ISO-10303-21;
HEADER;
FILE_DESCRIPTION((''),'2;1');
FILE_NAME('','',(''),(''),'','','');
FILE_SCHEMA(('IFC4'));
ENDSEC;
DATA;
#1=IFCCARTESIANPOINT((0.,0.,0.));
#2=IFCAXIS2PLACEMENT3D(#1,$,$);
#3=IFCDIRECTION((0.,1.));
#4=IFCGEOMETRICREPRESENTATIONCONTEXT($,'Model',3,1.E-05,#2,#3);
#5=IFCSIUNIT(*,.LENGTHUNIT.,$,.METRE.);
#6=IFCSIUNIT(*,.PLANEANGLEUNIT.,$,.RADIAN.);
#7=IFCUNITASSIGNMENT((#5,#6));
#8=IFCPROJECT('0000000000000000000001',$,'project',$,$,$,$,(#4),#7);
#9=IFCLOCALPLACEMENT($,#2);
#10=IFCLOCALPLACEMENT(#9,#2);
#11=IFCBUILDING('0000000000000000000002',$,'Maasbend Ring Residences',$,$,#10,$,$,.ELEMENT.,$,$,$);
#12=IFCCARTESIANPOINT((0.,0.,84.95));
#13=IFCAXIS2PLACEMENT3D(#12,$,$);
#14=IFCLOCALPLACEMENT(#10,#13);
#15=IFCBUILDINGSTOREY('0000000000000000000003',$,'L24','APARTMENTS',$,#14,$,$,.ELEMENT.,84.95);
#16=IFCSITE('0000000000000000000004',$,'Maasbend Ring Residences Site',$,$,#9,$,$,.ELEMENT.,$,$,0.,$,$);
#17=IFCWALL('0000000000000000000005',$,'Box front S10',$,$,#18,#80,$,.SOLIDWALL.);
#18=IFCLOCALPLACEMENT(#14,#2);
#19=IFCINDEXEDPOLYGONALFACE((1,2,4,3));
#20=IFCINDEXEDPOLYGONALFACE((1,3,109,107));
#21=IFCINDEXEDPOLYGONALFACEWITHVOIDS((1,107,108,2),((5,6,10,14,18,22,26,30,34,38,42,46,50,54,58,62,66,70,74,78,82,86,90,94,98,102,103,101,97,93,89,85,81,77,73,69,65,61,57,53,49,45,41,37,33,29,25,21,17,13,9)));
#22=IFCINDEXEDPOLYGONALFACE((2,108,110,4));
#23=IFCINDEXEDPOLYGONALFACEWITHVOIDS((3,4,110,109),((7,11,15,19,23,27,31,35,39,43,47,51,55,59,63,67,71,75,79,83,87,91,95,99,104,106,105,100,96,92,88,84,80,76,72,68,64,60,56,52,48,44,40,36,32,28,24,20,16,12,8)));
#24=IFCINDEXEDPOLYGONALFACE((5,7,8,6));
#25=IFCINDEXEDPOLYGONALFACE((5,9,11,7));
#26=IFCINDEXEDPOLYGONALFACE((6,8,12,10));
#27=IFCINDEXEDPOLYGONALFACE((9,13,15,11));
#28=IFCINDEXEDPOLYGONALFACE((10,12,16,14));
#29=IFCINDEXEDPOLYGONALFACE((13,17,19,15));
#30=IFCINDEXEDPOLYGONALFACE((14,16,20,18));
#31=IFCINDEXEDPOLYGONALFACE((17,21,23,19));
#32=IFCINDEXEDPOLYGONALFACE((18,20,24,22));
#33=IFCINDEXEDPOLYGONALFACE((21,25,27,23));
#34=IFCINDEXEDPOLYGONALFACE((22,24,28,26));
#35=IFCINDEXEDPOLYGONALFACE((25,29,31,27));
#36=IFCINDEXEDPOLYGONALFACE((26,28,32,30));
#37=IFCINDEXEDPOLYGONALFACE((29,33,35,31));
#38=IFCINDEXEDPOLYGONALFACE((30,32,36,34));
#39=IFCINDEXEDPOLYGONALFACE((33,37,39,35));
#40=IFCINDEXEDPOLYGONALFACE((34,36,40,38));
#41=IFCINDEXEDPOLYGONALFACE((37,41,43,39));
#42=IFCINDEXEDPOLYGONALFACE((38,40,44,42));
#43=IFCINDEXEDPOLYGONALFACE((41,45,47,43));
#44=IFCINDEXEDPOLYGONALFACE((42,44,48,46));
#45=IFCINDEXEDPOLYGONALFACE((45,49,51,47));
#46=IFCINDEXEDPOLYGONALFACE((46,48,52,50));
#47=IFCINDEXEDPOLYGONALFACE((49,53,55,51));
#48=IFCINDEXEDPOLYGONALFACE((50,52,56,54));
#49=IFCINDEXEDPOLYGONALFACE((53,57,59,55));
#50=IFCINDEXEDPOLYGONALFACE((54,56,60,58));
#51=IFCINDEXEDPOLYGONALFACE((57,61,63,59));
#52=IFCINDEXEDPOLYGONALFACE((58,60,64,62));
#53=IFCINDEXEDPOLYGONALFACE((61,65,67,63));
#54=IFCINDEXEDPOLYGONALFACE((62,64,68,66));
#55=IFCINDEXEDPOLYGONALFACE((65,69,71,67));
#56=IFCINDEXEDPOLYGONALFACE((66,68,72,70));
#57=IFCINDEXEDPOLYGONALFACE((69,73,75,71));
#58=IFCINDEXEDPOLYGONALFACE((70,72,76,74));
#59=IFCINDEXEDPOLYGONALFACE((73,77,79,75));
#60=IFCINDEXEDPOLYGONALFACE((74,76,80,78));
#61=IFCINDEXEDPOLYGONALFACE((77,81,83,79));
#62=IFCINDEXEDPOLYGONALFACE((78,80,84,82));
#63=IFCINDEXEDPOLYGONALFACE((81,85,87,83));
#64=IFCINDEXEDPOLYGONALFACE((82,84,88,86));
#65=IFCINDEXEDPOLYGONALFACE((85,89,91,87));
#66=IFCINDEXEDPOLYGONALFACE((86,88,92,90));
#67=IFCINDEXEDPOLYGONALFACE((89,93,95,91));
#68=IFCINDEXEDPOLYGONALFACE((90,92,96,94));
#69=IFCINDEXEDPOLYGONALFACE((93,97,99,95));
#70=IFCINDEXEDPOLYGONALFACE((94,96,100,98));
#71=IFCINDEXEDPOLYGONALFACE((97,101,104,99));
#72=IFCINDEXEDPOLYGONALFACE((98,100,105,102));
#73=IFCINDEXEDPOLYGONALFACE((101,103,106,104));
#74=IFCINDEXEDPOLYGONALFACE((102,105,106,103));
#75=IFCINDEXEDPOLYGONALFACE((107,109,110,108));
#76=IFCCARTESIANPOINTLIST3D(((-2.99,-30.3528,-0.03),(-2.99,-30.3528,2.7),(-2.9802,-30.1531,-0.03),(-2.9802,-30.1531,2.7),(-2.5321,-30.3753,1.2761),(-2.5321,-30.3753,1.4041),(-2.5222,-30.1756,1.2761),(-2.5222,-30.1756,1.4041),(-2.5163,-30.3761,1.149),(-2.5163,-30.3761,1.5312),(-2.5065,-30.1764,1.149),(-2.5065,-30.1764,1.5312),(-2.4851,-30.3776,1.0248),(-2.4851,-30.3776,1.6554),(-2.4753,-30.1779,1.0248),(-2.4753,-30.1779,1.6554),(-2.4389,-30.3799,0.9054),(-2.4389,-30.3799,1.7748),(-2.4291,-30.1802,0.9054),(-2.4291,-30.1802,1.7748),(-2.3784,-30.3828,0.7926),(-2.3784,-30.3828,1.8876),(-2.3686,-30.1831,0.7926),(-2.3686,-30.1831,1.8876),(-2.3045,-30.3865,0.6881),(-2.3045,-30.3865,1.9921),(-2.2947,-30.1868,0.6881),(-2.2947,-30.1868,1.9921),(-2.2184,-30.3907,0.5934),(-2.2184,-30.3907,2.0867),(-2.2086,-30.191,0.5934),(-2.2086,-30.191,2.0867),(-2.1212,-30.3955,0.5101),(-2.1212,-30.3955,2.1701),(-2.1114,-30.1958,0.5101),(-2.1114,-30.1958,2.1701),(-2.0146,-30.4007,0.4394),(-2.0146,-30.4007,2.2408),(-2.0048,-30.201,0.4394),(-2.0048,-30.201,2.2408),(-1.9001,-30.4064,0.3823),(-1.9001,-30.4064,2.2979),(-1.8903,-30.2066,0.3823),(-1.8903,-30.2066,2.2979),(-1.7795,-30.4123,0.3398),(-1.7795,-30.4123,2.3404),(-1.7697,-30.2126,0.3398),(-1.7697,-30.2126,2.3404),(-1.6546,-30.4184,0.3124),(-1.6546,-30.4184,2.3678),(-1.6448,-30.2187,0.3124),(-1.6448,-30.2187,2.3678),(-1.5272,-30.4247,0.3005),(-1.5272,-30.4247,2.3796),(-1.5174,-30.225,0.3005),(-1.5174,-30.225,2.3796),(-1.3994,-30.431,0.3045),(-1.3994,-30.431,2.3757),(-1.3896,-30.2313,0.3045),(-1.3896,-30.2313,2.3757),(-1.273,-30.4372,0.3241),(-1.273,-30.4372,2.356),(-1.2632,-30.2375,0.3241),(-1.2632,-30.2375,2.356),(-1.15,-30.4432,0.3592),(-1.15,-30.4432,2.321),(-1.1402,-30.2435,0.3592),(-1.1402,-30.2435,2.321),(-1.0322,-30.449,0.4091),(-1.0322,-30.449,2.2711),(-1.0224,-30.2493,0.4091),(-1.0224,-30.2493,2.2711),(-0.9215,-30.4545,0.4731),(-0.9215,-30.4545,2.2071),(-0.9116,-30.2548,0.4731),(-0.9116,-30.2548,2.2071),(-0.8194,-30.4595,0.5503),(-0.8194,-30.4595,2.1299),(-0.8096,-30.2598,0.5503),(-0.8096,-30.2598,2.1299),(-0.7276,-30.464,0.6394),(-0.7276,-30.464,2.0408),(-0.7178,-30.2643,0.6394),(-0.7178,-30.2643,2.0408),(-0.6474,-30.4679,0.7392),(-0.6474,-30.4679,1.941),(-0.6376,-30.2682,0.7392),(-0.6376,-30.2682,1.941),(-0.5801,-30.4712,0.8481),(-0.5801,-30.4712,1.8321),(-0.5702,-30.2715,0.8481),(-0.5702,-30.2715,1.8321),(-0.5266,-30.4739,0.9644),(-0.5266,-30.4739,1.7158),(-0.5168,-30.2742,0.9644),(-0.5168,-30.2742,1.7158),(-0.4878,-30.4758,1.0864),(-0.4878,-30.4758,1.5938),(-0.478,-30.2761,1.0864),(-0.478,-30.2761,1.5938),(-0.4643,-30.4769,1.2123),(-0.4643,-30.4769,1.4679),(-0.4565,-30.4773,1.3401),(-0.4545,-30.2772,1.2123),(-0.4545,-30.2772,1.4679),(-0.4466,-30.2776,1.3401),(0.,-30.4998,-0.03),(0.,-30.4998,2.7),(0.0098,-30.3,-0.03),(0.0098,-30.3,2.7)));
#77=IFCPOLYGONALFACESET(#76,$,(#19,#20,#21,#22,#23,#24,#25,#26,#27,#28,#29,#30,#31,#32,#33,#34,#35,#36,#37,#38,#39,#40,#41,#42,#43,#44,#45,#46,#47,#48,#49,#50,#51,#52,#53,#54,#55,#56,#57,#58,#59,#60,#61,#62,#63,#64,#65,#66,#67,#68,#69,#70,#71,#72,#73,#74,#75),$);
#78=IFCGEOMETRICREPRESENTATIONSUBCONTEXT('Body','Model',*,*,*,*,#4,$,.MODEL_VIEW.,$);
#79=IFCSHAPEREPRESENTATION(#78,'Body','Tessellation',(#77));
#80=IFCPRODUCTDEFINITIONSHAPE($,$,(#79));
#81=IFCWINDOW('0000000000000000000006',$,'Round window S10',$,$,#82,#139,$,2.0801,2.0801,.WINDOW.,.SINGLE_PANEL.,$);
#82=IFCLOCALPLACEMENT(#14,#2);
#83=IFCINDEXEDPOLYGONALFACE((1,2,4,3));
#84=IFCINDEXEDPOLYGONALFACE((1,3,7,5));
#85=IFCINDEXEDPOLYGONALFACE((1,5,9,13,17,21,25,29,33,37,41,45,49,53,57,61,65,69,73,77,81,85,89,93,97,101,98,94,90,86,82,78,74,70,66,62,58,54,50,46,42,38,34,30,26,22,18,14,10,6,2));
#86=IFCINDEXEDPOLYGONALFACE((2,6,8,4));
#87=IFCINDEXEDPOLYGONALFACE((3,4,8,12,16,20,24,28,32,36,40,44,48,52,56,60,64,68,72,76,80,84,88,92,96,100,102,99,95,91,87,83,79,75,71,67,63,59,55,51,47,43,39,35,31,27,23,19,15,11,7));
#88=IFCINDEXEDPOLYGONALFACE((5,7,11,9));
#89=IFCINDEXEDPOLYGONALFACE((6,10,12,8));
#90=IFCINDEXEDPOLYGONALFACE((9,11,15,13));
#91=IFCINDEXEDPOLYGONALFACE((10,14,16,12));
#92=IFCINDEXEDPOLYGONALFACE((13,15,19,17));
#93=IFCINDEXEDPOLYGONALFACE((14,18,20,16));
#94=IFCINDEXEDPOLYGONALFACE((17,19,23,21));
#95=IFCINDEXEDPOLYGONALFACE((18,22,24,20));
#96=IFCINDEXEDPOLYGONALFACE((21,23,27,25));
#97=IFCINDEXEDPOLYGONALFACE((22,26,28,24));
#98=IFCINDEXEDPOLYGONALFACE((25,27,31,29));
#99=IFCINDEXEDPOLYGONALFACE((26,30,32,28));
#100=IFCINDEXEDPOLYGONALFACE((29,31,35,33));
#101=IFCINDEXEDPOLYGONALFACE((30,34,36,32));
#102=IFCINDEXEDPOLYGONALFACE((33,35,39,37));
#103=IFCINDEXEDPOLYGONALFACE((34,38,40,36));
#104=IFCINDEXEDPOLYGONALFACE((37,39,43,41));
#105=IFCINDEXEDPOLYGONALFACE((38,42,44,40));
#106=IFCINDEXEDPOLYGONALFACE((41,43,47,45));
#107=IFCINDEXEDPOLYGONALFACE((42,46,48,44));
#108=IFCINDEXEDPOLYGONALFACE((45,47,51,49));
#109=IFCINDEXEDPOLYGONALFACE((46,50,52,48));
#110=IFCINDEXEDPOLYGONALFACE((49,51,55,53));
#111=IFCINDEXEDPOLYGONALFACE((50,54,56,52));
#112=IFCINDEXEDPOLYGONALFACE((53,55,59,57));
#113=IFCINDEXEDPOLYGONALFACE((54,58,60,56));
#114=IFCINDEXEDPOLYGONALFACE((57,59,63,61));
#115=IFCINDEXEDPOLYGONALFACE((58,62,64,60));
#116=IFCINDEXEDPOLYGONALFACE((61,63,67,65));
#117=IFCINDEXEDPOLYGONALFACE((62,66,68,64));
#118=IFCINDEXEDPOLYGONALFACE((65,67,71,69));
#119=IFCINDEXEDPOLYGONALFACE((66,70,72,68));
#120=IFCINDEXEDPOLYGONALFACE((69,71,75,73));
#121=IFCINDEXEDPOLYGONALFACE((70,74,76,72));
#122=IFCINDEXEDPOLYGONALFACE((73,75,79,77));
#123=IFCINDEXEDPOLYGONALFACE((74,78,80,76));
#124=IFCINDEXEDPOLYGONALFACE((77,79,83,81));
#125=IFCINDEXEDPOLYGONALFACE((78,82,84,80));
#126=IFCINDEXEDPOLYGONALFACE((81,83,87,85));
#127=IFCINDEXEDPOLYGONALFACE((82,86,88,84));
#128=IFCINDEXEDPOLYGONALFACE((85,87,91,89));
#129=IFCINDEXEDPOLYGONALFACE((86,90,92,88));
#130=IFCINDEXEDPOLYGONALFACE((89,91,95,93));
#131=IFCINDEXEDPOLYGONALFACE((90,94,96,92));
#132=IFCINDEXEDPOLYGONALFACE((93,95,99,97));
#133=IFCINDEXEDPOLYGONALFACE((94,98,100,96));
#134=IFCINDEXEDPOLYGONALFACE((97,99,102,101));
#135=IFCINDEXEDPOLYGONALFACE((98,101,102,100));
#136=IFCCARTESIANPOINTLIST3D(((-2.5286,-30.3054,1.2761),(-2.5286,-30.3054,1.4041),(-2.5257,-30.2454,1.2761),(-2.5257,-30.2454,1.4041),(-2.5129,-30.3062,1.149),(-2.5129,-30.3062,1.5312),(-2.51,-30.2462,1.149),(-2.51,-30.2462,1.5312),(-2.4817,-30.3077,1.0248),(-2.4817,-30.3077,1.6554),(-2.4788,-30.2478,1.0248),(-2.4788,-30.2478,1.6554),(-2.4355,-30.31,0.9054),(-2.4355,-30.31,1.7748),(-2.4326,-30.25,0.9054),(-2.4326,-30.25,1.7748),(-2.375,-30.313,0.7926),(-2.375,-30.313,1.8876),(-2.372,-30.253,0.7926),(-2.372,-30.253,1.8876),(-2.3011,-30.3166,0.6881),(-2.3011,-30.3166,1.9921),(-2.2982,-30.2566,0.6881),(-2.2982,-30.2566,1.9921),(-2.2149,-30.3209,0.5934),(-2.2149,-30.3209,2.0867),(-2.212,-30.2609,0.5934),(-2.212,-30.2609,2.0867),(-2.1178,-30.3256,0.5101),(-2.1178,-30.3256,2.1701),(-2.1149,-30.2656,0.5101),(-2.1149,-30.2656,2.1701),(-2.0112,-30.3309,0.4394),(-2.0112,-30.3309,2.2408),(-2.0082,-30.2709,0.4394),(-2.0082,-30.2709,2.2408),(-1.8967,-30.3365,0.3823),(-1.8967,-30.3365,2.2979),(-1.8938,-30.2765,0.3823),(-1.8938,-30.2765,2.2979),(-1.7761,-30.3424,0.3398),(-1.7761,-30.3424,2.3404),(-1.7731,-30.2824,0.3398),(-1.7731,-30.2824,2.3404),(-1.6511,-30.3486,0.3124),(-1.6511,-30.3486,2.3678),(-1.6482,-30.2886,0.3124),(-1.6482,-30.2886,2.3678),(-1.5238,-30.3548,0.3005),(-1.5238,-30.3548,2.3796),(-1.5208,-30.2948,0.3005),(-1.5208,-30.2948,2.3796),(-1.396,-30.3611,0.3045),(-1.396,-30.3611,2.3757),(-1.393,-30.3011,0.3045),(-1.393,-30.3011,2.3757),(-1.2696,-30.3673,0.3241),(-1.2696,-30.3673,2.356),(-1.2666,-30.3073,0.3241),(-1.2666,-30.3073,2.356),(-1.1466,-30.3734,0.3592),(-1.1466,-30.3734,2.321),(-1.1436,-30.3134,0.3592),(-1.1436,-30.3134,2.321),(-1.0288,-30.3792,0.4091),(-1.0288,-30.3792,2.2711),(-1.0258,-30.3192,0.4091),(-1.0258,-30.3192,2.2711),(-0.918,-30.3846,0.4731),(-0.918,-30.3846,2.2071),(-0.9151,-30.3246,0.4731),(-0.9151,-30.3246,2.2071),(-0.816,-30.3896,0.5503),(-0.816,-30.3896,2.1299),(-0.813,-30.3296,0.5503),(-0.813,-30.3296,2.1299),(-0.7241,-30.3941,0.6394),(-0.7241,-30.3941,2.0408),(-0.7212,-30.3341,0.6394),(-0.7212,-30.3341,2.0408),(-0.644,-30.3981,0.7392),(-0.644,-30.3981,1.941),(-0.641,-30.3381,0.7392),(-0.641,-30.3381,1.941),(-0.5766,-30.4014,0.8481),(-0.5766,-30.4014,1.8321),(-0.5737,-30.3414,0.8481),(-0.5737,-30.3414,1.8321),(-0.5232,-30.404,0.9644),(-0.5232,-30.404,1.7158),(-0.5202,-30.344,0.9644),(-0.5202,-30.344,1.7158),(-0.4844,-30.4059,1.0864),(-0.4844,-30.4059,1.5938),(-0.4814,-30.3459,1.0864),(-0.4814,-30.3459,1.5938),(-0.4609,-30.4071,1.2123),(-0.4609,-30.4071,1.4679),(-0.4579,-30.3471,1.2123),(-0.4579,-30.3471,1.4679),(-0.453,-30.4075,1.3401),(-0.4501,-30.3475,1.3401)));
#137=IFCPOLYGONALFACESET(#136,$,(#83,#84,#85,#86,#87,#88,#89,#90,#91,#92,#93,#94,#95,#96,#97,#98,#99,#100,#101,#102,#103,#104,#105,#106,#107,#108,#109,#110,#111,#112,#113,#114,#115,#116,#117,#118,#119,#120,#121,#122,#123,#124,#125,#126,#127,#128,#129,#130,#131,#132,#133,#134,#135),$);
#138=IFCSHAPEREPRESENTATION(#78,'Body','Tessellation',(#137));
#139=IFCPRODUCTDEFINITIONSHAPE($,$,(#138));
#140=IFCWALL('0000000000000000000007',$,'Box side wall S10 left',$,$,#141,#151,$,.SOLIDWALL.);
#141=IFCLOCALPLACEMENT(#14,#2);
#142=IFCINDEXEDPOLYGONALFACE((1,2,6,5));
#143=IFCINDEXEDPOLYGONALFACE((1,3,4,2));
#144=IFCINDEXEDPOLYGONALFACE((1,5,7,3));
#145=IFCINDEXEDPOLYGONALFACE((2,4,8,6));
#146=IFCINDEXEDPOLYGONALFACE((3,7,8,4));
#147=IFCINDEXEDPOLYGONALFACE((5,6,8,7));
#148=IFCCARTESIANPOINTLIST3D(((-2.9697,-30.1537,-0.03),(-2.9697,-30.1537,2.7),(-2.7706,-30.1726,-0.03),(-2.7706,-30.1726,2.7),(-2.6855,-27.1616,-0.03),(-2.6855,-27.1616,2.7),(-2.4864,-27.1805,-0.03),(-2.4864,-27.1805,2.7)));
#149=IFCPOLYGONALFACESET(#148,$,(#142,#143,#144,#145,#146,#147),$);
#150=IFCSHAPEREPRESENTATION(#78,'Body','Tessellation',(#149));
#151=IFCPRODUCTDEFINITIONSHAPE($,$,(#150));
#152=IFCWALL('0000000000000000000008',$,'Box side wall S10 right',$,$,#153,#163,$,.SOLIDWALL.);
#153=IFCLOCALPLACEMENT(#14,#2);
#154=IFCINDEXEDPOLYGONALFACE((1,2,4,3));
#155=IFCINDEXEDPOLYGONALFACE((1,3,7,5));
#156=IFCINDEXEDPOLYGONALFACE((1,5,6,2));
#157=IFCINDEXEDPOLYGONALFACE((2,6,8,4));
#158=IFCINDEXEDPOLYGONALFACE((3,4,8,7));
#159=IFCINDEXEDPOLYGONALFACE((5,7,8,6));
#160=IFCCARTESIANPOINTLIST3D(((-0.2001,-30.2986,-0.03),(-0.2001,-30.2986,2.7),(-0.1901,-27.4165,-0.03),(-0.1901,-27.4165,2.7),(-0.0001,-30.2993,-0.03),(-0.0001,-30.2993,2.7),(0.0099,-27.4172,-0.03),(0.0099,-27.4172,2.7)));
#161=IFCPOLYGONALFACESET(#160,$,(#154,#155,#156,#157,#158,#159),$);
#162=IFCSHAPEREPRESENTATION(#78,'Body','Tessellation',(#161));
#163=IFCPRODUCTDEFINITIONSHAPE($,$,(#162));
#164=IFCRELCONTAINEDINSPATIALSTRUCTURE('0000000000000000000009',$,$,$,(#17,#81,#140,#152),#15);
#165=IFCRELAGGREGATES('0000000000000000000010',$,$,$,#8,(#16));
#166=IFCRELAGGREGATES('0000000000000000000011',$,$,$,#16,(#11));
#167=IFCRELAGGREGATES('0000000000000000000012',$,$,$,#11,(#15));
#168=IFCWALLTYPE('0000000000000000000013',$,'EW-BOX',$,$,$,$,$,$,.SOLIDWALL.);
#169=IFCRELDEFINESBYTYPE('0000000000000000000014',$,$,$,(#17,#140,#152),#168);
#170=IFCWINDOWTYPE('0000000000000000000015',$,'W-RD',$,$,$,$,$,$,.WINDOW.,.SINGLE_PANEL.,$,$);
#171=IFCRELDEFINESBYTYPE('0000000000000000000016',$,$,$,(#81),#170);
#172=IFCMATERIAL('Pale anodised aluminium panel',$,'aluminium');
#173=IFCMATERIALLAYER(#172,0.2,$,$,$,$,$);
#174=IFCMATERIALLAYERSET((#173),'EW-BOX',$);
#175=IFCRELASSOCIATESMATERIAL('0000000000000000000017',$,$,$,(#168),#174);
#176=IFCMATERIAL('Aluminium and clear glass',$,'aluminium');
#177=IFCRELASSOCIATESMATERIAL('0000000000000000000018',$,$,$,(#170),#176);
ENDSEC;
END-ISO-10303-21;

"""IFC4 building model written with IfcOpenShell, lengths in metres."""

from ifc_helpers import new_model, si_unit, direction, frame, frame_2d, origin, place, context, subcontext, project, spatial, rectangle, circle, extrude, material, layer, layer_set, type_object, element, fill, save


model = new_model("IFC4")

# Units and contexts
model_context = context("Model", 3, precision=1e-05, world=origin(), true_north=direction((0.0, 1.0)))
body_context = subcontext(model_context, "Body", "Model", "MODEL_VIEW")
ifc_project = project(units=[si_unit("LENGTHUNIT", "METRE"), si_unit("PLANEANGLEUNIT", "RADIAN")], contexts=[model_context])

# Site, building, storey
site_placement = place(None, origin())
site = spatial("IfcSite", under=ifc_project, at=site_placement, Name="Maasbend Ring Residences Site", CompositionType="ELEMENT", RefElevation=0.0)
building_placement = place(site_placement, origin())
building = spatial("IfcBuilding", under=site, at=building_placement, Name="Maasbend Ring Residences", CompositionType="ELEMENT")
storey_placement = place(building_placement, frame((0.0, 0.0, 84.95)))
storey = spatial("IfcBuildingStorey", under=building, at=storey_placement, Name="L24", Description="APARTMENTS", CompositionType="ELEMENT", Elevation=84.95)

# Shared definitions
ifc_material_1 = material(Name="Pale anodised aluminium panel", Category="aluminium")
ifc_layer_1 = layer(ifc_material_1, 0.2)
ifc_layer_set_1 = layer_set([ifc_layer_1], Name="EW-BOX")
wall_type_1 = type_object("IfcWallType", Name="EW-BOX", PredefinedType="SOLIDWALL", material=ifc_layer_set_1)
ifc_material_2 = material(Name="Aluminium and clear glass", Category="aluminium")
window_type_1 = type_object("IfcWindowType", Name="W-RD", PartitioningType="SINGLE_PANEL", PredefinedType="WINDOW", material=ifc_material_2)

# Wall, opening, window
wall_1_placement = place(storey_placement, frame((-2.9851, -30.2529, -0.03), z_axis=(0.0, 0.0, 1.0), x_axis=(0.998794, -0.049096, 0.0)))
wall_1 = element("IfcWall", 1, at=wall_1_placement, inside=storey, type_object=wall_type_1, Name="Box front S10", PredefinedType="SOLIDWALL", context=body_context, shape_type="SweptSolid", body=[
    extrude(rectangle(XDim=2.9937, YDim=0.2, at=frame_2d((1.4968, 0.0))), origin(), (0.0, 0.0, 1.0), 2.73),
])
opening_1_placement = place(wall_1_placement, frame((0.4565, 0.0, 0.3301)))
opening_1 = element("IfcOpeningElement", 2, at=opening_1_placement, cuts=wall_1, PredefinedType="OPENING", context=body_context, shape_type="SweptSolid", body=[
    extrude(circle(Radius=1.04, at=frame_2d((1.04, 1.04))), frame((0.0, 0.1099, 0.0), z_axis=(0.0, -1.0, 0.0), x_axis=(1.0, 0.0, 0.0)), (0.0, 0.0, 1.0), 0.22),
])
window_1_placement = place(opening_1_placement, origin())
window_1 = element("IfcWindow", 3, at=window_1_placement, inside=storey, type_object=window_type_1, Name="Round window S10", OverallHeight=2.0801, OverallWidth=2.0801, PartitioningType="SINGLE_PANEL", PredefinedType="WINDOW", context=body_context, shape_type="SweptSolid", body=[
    extrude(circle(Radius=1.04, at=frame_2d((1.04, 1.04))), frame((0.0, 0.03, 0.0), z_axis=(0.0, -1.0, 0.0), x_axis=(1.0, 0.0, 0.0)), (0.0, 0.0, 1.0), 0.0601),
])
fill(opening_1, window_1)

# Walls
wall_2_placement = place(storey_placement, frame((-2.5859, -27.1709, -0.03), z_axis=(0.0, 0.0, 1.0), x_axis=(-0.094548, -0.99552, 0.0)))
element("IfcWall", 4, at=wall_2_placement, inside=storey, type_object=wall_type_1, Name="Box side wall S10 left", PredefinedType="SOLIDWALL", context=body_context, shape_type="SweptSolid", body=[
    extrude(rectangle(XDim=3.0056, YDim=0.2, at=frame_2d((1.5029, 0.0))), origin(), (0.0, 0.0, 1.0), 2.73),
])
wall_3_placement = place(storey_placement, frame((-0.0901, -27.417, -0.03), z_axis=(0.0, 0.0, 1.0), x_axis=(-0.003473, -0.999994, 0.0)))
element("IfcWall", 5, at=wall_3_placement, inside=storey, type_object=wall_type_1, Name="Box side wall S10 right", PredefinedType="SOLIDWALL", context=body_context, shape_type="SweptSolid", body=[
    extrude(rectangle(XDim=2.8821, YDim=0.2, at=frame_2d((1.4409, 0.0))), origin(), (0.0, 0.0, 1.0), 2.73),
])

save(model, "model.ifc")
